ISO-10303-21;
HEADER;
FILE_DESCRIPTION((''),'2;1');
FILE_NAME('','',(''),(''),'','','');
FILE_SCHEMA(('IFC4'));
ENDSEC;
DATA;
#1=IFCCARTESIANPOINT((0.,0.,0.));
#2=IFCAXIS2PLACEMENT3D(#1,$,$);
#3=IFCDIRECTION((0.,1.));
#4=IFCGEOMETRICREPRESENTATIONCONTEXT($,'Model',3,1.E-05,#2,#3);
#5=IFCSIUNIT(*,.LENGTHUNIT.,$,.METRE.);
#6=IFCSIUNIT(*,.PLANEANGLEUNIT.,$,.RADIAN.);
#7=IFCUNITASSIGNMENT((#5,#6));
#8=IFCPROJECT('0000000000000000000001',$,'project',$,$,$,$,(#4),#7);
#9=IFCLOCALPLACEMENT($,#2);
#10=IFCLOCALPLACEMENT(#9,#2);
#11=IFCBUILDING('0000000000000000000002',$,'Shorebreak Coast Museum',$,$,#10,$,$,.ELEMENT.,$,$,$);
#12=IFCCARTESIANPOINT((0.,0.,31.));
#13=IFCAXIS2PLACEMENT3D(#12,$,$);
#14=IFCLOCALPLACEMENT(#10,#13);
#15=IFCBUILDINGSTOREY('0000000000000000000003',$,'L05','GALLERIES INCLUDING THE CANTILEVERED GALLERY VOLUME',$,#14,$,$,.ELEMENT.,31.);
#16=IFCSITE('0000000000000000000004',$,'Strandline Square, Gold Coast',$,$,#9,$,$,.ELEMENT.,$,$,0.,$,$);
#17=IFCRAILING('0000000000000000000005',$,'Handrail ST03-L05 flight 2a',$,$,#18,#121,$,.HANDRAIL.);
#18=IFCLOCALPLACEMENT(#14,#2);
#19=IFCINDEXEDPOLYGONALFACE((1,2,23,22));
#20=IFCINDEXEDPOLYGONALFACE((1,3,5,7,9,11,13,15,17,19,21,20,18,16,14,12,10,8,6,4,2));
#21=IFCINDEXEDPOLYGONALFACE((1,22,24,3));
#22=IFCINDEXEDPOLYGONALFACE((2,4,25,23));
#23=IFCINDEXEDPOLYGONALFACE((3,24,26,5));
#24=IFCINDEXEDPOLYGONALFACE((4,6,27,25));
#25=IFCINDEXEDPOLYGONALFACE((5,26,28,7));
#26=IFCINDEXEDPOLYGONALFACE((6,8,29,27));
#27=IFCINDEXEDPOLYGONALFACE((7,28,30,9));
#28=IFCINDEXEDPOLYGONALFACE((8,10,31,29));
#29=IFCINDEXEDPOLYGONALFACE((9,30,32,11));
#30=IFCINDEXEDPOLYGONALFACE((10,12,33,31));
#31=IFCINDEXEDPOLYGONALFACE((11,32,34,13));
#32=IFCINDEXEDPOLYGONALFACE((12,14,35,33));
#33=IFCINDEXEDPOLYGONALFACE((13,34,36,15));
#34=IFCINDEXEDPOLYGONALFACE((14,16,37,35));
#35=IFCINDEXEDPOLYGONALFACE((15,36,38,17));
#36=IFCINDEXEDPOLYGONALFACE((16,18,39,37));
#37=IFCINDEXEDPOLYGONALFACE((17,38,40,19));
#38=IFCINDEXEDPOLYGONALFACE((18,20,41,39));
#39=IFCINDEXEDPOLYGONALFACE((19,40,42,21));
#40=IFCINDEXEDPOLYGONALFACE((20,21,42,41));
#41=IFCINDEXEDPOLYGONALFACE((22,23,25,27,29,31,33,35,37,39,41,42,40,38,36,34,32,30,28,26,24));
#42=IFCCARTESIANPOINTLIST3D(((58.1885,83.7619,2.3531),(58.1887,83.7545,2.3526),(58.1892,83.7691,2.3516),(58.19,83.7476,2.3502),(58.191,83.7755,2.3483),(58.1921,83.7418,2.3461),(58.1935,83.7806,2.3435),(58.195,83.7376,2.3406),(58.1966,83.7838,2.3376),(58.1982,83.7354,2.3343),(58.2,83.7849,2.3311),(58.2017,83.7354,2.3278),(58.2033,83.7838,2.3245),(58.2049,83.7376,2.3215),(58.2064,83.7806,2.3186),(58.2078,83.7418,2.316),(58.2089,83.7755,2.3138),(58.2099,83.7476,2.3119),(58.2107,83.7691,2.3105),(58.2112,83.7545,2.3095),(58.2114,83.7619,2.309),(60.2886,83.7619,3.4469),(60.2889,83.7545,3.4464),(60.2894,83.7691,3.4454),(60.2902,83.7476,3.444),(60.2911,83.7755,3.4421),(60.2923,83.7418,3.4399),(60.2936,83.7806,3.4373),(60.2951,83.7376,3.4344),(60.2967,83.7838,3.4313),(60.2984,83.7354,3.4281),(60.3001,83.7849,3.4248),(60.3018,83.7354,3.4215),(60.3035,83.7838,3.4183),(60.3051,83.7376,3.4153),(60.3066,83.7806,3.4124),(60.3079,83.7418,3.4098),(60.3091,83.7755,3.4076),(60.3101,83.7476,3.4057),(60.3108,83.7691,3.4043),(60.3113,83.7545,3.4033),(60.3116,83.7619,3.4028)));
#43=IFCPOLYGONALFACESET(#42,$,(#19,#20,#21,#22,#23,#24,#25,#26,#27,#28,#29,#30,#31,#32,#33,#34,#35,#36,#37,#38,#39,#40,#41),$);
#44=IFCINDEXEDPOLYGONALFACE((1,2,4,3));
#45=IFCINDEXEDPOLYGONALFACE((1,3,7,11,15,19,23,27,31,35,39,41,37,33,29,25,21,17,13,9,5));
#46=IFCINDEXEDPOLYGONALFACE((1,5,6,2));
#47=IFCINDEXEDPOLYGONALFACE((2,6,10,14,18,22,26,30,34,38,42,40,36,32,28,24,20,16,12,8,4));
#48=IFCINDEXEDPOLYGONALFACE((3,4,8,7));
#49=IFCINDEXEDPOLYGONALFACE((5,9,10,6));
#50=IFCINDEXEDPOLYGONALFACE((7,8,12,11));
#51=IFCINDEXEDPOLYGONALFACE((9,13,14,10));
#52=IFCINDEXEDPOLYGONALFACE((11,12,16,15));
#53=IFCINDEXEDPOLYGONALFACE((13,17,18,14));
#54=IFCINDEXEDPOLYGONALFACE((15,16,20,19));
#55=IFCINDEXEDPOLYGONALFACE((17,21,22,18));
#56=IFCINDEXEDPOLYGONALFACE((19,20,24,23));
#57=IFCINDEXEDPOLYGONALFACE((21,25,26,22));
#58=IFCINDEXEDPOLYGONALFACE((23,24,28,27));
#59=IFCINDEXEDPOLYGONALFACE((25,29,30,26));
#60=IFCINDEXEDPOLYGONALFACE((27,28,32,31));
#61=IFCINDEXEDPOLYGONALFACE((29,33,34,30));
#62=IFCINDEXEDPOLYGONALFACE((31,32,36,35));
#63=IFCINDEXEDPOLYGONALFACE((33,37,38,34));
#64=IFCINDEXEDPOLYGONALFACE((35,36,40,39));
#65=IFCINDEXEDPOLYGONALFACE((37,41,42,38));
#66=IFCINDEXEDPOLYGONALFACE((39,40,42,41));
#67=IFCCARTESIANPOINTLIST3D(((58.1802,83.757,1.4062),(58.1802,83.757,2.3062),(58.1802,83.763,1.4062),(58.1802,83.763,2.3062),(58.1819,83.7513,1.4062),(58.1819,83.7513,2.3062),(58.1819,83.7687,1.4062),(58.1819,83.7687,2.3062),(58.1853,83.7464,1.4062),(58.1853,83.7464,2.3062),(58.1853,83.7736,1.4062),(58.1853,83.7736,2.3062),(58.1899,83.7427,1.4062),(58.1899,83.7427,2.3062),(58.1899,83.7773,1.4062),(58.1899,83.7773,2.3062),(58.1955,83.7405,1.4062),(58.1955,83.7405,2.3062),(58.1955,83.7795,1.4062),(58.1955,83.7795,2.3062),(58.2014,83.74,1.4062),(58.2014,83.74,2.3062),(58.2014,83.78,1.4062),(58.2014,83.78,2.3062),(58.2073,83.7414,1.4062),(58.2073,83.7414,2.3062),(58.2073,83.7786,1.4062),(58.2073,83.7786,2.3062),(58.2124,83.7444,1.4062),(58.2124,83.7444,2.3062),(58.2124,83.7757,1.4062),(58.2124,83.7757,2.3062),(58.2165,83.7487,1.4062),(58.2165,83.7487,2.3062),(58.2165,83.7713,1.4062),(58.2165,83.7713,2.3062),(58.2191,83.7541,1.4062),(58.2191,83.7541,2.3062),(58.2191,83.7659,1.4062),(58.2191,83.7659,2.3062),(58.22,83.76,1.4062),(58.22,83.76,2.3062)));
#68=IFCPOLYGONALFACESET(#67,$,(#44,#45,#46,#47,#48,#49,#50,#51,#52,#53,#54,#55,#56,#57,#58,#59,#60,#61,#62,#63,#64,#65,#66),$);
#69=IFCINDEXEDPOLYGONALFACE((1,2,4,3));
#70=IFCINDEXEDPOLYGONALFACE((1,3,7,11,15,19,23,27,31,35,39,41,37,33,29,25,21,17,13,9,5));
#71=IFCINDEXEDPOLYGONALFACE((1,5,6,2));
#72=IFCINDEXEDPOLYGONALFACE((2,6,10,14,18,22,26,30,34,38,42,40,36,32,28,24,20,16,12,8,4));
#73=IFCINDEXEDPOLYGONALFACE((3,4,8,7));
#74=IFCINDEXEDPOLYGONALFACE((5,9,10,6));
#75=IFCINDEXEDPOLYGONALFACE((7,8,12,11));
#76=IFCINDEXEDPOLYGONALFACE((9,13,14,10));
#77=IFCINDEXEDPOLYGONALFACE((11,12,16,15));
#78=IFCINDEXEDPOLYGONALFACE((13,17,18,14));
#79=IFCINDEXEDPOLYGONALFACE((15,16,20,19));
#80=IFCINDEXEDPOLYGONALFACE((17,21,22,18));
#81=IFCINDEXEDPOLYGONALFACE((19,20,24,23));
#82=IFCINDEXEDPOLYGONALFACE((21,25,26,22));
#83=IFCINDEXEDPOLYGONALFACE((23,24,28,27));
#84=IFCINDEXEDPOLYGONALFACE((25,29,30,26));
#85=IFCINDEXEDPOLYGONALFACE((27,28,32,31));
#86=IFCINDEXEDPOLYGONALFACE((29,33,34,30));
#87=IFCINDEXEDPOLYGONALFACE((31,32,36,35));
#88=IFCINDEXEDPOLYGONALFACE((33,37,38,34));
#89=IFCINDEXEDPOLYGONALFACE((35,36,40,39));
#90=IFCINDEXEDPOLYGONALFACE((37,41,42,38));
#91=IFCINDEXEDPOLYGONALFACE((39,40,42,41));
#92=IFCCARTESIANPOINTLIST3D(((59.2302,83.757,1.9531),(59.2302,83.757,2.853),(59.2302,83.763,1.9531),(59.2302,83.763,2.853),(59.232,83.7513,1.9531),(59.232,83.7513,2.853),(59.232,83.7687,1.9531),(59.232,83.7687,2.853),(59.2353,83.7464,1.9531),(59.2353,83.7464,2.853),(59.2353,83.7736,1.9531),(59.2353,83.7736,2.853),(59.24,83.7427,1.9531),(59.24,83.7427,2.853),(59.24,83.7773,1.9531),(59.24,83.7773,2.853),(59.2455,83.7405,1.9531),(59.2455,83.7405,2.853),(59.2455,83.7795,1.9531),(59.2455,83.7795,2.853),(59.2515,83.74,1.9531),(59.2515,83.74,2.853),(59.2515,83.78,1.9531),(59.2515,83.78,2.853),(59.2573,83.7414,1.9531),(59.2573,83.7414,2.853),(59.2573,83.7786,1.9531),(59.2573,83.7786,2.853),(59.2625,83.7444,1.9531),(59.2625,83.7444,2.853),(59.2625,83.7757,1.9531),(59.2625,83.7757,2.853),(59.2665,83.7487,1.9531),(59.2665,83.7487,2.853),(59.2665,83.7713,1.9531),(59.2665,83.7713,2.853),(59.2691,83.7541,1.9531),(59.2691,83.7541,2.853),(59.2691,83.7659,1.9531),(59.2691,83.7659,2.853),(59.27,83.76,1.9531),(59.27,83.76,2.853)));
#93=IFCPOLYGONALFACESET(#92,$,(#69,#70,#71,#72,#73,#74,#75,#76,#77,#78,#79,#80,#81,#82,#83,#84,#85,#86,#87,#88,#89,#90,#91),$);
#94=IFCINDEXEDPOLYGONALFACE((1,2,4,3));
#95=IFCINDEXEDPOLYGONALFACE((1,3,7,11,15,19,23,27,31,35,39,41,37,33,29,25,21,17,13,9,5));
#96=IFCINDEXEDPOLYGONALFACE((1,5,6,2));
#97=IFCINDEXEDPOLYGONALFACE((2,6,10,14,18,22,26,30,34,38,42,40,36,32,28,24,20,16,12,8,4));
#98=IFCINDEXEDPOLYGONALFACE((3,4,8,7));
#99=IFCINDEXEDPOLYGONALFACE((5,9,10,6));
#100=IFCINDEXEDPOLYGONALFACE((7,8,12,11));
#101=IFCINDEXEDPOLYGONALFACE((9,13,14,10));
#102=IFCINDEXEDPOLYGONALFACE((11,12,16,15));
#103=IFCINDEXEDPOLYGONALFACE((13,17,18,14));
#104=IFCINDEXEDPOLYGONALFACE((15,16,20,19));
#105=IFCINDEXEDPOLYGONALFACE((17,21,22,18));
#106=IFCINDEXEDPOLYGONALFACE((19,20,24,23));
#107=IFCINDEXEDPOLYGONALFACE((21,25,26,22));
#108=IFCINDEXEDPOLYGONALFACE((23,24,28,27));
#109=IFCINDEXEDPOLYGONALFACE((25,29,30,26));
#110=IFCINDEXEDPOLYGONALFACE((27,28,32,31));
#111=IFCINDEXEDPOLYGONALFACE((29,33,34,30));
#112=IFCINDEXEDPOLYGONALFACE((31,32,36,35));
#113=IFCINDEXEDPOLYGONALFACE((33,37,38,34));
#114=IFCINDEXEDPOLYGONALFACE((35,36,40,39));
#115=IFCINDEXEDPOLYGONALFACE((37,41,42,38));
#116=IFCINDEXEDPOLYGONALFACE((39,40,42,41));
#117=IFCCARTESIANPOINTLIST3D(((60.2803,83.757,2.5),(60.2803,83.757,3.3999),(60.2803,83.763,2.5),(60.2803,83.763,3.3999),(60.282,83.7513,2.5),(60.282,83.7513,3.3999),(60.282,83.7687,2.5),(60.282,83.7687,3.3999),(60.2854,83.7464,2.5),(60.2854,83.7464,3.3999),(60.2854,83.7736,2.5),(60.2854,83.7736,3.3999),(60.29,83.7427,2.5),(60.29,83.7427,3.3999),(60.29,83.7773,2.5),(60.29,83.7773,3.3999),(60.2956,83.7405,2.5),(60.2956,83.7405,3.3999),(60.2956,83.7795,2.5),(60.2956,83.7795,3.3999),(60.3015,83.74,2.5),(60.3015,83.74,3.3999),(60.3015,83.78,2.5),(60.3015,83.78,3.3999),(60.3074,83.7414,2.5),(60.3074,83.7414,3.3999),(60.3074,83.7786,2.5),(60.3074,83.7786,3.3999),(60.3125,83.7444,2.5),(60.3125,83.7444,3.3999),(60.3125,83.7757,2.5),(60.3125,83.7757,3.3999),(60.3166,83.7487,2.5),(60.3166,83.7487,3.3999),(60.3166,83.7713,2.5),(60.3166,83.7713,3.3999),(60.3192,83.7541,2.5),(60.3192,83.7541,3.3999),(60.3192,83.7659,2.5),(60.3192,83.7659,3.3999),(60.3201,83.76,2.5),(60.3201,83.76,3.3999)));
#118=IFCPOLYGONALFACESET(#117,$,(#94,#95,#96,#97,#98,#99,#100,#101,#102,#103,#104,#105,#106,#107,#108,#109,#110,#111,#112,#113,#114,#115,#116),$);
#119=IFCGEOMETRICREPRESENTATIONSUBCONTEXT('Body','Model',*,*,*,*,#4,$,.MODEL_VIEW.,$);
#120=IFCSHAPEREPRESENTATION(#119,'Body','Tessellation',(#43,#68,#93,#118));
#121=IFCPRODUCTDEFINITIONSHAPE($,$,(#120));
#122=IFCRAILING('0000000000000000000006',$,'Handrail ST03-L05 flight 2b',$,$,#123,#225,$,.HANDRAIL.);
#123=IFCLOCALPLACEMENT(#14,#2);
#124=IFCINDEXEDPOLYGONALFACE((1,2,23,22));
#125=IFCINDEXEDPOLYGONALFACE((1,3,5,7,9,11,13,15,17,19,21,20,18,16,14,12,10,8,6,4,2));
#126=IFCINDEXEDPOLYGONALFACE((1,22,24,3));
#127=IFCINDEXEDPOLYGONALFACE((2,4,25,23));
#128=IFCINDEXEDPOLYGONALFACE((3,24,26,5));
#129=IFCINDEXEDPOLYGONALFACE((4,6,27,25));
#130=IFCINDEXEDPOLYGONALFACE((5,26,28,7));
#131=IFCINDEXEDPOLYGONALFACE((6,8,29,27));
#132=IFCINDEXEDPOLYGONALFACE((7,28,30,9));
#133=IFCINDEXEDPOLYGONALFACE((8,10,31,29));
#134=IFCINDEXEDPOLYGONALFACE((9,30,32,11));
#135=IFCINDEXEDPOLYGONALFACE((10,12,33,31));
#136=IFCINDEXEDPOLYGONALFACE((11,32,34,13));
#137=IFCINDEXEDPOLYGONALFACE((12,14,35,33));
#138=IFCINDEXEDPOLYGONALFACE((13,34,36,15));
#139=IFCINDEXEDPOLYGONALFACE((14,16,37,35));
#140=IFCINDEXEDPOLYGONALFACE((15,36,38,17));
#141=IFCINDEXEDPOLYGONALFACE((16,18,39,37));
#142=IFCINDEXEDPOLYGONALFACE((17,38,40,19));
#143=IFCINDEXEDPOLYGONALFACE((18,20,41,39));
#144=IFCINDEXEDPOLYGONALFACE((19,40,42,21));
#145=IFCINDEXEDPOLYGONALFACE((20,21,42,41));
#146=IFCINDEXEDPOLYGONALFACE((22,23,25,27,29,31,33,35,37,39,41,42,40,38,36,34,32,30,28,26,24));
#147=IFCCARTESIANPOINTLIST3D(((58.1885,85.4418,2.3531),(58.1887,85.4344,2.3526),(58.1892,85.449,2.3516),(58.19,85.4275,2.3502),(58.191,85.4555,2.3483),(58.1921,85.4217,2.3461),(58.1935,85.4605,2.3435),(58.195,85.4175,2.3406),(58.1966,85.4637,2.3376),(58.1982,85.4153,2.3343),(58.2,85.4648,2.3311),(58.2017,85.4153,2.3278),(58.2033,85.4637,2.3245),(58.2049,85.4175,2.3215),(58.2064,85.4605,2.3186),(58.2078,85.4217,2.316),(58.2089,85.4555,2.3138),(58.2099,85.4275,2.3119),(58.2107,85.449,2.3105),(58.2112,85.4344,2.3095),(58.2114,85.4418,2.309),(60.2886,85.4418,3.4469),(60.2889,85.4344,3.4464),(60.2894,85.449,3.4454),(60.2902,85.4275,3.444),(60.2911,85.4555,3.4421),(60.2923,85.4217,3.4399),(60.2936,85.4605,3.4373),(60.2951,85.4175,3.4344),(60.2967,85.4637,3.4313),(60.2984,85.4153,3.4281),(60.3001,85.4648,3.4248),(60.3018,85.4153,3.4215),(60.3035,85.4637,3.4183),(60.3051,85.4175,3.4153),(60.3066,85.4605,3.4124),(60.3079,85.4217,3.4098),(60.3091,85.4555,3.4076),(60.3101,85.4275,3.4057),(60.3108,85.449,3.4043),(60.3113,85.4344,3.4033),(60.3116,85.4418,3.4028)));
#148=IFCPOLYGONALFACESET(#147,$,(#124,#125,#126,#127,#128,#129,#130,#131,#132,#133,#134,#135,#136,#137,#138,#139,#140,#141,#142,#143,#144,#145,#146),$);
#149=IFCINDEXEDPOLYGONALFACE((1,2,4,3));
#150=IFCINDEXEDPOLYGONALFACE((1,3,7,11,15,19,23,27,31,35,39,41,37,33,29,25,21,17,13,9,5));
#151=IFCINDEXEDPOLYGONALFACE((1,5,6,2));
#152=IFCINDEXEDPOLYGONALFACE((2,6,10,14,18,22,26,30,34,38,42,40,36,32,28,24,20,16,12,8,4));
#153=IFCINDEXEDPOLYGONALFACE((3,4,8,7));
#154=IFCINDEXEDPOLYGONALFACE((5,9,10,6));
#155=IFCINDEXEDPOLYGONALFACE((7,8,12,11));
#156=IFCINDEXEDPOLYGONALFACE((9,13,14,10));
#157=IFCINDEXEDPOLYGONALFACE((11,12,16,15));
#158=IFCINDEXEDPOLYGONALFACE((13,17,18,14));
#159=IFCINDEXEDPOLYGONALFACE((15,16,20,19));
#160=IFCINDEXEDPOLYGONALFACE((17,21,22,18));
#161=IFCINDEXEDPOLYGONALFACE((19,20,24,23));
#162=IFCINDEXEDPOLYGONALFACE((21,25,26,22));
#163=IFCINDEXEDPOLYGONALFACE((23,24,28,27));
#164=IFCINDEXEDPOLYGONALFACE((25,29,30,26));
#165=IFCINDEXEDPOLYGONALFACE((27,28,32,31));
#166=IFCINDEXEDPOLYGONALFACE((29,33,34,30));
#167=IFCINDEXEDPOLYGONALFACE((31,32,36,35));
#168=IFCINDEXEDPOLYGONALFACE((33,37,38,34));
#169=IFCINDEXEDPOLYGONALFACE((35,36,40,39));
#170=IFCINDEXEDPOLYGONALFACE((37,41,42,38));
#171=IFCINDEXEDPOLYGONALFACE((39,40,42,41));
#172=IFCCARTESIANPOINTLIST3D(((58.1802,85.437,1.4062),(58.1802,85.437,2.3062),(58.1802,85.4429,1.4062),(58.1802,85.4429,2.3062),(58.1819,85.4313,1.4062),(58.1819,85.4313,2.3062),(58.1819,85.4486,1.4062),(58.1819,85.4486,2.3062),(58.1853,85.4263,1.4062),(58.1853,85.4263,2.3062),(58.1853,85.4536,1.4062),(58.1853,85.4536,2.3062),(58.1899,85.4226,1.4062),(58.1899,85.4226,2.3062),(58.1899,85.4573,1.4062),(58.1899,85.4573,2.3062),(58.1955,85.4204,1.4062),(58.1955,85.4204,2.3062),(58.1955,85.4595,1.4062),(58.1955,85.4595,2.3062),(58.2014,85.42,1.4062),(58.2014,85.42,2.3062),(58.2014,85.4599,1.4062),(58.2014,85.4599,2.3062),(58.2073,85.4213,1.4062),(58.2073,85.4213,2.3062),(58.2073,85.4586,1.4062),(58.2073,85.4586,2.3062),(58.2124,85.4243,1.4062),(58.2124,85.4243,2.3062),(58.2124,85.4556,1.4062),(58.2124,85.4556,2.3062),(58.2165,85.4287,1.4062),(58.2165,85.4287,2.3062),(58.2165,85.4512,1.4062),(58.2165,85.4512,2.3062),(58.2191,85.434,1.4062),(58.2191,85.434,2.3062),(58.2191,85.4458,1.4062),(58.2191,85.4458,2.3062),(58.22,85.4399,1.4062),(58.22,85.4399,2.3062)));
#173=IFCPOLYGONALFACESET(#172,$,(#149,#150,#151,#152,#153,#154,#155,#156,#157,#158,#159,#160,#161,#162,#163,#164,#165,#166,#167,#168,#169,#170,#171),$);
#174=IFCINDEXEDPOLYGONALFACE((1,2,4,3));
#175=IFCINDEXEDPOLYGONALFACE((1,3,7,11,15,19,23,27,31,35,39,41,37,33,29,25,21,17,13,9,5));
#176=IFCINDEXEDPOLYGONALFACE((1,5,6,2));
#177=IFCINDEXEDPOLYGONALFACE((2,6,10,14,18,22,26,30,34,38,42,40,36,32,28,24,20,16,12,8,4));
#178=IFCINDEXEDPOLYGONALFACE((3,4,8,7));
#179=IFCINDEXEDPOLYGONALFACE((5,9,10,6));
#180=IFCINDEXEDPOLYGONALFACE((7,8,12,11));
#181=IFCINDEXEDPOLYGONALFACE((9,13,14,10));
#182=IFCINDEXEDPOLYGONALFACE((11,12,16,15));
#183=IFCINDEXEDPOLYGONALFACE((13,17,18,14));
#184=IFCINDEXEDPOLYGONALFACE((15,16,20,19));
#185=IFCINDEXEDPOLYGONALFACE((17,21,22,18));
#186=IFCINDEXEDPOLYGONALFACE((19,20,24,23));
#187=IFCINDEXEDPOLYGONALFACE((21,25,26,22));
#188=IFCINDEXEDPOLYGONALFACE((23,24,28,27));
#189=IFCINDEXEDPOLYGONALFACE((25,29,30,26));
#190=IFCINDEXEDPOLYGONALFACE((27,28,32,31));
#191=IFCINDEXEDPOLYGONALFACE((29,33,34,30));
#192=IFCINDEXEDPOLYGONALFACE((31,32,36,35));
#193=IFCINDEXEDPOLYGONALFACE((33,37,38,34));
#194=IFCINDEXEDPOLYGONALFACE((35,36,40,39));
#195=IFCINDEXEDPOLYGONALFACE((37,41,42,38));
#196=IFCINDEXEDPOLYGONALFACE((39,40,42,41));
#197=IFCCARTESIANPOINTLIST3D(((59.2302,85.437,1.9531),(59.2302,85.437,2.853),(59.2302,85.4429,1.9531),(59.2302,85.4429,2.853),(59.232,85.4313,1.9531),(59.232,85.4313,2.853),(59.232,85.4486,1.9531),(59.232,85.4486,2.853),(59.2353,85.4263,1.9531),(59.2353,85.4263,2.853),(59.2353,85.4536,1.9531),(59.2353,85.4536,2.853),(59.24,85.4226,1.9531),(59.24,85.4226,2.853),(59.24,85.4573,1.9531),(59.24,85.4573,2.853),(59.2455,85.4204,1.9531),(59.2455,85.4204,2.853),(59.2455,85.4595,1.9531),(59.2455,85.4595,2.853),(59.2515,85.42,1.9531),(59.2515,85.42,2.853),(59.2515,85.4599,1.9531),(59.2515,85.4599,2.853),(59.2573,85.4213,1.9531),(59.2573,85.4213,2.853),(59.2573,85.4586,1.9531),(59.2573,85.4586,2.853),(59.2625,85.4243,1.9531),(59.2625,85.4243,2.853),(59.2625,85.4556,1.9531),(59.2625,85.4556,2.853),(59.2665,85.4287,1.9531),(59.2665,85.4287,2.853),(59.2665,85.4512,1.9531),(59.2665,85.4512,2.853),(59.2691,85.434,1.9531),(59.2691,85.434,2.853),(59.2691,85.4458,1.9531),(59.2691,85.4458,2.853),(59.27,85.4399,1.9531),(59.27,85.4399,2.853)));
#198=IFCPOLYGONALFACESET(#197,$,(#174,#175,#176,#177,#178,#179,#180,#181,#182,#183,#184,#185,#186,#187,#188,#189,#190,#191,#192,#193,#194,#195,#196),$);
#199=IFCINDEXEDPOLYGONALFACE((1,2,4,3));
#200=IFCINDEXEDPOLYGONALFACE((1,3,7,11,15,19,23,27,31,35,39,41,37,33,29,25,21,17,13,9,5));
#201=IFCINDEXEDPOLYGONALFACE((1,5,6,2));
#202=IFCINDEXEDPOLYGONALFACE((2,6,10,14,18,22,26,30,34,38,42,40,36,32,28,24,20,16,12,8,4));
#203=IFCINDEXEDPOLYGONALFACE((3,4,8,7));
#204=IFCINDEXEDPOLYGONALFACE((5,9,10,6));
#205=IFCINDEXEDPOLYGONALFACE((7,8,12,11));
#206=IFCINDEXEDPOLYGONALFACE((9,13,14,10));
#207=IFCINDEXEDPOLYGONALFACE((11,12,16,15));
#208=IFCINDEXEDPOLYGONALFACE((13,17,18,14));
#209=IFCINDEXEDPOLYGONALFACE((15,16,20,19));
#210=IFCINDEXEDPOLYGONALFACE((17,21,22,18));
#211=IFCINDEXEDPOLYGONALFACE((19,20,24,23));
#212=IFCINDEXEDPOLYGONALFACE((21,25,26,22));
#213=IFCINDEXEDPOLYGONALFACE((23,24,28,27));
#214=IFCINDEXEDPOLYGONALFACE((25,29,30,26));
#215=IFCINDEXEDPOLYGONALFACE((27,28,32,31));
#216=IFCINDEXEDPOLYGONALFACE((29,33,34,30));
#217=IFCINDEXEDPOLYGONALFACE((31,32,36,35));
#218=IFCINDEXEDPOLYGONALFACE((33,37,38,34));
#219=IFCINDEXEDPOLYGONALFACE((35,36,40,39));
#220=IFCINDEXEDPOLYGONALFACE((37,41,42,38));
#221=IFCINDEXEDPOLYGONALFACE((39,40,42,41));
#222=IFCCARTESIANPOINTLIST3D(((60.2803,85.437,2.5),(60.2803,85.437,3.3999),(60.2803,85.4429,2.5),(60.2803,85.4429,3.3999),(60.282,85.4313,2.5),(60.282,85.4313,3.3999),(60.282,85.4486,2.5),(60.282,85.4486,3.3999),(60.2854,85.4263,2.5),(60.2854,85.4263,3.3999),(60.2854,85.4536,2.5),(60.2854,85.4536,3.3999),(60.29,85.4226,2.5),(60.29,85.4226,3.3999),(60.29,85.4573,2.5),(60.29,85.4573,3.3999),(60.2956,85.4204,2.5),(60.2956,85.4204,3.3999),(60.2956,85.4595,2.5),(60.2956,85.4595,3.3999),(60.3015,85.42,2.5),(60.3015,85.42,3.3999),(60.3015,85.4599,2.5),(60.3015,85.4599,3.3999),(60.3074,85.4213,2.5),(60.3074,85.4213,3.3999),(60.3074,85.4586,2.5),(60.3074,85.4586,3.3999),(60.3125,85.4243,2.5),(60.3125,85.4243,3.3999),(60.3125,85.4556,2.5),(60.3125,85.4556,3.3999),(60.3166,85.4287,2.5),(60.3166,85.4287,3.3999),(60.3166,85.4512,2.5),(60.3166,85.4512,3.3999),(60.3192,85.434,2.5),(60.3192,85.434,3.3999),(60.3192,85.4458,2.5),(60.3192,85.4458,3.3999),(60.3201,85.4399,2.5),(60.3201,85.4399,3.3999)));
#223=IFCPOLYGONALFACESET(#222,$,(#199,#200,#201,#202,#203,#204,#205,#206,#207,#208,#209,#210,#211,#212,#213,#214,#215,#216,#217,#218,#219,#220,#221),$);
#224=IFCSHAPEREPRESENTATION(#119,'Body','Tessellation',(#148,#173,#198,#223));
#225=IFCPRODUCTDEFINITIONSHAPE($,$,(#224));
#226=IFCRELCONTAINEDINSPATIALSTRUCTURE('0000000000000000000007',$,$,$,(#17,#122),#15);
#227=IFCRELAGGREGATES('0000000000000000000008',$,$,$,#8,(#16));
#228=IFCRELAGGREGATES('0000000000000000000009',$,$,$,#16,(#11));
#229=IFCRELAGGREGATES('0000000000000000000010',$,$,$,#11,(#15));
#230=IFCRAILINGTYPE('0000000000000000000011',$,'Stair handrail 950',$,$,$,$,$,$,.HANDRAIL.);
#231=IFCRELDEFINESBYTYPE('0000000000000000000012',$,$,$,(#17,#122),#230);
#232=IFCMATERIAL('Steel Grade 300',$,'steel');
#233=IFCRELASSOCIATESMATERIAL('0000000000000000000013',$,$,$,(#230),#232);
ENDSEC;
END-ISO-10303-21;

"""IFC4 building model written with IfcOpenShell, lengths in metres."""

from ifc_helpers import new_model, si_unit, direction, frame, origin, origin_2d, place, context, subcontext, project, spatial, circle, extrude, material, type_object, element, save


model = new_model("IFC4")

# Units and contexts
model_context = context("Model", 3, precision=1e-05, world=origin(), true_north=direction((0.0, 1.0)))
body_context = subcontext(model_context, "Body", "Model", "MODEL_VIEW")
ifc_project = project(units=[si_unit("LENGTHUNIT", "METRE"), si_unit("PLANEANGLEUNIT", "RADIAN")], contexts=[model_context])

# Site, building, storey
site_placement = place(None, origin())
site = spatial("IfcSite", under=ifc_project, at=site_placement, Name="Strandline Square, Gold Coast", CompositionType="ELEMENT", RefElevation=0.0)
building_placement = place(site_placement, origin())
building = spatial("IfcBuilding", under=site, at=building_placement, Name="Shorebreak Coast Museum", CompositionType="ELEMENT")
storey_placement = place(building_placement, frame((0.0, 0.0, 31.0)))
storey = spatial("IfcBuildingStorey", under=building, at=storey_placement, Name="L05", Description="GALLERIES INCLUDING THE CANTILEVERED GALLERY VOLUME", CompositionType="ELEMENT", Elevation=31.0)

# Railings
ifc_material_1 = material(Name="Steel Grade 300", Category="steel")
railing_type_1 = type_object("IfcRailingType", Name="Stair handrail 950", PredefinedType="HANDRAIL", material=ifc_material_1)
for number, where, name in (
    (1, (58.2, 83.76, 1.4062), "Handrail ST03-L05 flight 2a"),
    (2, (58.2, 85.4399, 1.4062), "Handrail ST03-L05 flight 2b"),
):
    element("IfcRailing", number, at=place(storey_placement, frame(where)), inside=storey, type_object=railing_type_1, Name=name, PredefinedType="HANDRAIL", context=body_context, shape_type="SweptSolid", body=[
        extrude(circle(Radius=0.0249, at=origin_2d()), frame((0.0, 0.0, 0.9248), z_axis=(0.886923, 0.0, 0.461918), x_axis=(0.0, 1.0, 0.0)), (0.0, 0.0, 1.0), 2.3679),
        extrude(circle(Radius=0.02, at=origin_2d()), origin(), (0.0, 0.0, 1.0), 0.8999),
        extrude(circle(Radius=0.02, at=origin_2d()), frame((1.05, 0.0, 0.5469)), (0.0, 0.0, 1.0), 0.8999),
        extrude(circle(Radius=0.02, at=origin_2d()), frame((2.1001, 0.0, 1.0938)), (0.0, 0.0, 1.0), 0.8999),
    ])

save(model, "model.ifc")
